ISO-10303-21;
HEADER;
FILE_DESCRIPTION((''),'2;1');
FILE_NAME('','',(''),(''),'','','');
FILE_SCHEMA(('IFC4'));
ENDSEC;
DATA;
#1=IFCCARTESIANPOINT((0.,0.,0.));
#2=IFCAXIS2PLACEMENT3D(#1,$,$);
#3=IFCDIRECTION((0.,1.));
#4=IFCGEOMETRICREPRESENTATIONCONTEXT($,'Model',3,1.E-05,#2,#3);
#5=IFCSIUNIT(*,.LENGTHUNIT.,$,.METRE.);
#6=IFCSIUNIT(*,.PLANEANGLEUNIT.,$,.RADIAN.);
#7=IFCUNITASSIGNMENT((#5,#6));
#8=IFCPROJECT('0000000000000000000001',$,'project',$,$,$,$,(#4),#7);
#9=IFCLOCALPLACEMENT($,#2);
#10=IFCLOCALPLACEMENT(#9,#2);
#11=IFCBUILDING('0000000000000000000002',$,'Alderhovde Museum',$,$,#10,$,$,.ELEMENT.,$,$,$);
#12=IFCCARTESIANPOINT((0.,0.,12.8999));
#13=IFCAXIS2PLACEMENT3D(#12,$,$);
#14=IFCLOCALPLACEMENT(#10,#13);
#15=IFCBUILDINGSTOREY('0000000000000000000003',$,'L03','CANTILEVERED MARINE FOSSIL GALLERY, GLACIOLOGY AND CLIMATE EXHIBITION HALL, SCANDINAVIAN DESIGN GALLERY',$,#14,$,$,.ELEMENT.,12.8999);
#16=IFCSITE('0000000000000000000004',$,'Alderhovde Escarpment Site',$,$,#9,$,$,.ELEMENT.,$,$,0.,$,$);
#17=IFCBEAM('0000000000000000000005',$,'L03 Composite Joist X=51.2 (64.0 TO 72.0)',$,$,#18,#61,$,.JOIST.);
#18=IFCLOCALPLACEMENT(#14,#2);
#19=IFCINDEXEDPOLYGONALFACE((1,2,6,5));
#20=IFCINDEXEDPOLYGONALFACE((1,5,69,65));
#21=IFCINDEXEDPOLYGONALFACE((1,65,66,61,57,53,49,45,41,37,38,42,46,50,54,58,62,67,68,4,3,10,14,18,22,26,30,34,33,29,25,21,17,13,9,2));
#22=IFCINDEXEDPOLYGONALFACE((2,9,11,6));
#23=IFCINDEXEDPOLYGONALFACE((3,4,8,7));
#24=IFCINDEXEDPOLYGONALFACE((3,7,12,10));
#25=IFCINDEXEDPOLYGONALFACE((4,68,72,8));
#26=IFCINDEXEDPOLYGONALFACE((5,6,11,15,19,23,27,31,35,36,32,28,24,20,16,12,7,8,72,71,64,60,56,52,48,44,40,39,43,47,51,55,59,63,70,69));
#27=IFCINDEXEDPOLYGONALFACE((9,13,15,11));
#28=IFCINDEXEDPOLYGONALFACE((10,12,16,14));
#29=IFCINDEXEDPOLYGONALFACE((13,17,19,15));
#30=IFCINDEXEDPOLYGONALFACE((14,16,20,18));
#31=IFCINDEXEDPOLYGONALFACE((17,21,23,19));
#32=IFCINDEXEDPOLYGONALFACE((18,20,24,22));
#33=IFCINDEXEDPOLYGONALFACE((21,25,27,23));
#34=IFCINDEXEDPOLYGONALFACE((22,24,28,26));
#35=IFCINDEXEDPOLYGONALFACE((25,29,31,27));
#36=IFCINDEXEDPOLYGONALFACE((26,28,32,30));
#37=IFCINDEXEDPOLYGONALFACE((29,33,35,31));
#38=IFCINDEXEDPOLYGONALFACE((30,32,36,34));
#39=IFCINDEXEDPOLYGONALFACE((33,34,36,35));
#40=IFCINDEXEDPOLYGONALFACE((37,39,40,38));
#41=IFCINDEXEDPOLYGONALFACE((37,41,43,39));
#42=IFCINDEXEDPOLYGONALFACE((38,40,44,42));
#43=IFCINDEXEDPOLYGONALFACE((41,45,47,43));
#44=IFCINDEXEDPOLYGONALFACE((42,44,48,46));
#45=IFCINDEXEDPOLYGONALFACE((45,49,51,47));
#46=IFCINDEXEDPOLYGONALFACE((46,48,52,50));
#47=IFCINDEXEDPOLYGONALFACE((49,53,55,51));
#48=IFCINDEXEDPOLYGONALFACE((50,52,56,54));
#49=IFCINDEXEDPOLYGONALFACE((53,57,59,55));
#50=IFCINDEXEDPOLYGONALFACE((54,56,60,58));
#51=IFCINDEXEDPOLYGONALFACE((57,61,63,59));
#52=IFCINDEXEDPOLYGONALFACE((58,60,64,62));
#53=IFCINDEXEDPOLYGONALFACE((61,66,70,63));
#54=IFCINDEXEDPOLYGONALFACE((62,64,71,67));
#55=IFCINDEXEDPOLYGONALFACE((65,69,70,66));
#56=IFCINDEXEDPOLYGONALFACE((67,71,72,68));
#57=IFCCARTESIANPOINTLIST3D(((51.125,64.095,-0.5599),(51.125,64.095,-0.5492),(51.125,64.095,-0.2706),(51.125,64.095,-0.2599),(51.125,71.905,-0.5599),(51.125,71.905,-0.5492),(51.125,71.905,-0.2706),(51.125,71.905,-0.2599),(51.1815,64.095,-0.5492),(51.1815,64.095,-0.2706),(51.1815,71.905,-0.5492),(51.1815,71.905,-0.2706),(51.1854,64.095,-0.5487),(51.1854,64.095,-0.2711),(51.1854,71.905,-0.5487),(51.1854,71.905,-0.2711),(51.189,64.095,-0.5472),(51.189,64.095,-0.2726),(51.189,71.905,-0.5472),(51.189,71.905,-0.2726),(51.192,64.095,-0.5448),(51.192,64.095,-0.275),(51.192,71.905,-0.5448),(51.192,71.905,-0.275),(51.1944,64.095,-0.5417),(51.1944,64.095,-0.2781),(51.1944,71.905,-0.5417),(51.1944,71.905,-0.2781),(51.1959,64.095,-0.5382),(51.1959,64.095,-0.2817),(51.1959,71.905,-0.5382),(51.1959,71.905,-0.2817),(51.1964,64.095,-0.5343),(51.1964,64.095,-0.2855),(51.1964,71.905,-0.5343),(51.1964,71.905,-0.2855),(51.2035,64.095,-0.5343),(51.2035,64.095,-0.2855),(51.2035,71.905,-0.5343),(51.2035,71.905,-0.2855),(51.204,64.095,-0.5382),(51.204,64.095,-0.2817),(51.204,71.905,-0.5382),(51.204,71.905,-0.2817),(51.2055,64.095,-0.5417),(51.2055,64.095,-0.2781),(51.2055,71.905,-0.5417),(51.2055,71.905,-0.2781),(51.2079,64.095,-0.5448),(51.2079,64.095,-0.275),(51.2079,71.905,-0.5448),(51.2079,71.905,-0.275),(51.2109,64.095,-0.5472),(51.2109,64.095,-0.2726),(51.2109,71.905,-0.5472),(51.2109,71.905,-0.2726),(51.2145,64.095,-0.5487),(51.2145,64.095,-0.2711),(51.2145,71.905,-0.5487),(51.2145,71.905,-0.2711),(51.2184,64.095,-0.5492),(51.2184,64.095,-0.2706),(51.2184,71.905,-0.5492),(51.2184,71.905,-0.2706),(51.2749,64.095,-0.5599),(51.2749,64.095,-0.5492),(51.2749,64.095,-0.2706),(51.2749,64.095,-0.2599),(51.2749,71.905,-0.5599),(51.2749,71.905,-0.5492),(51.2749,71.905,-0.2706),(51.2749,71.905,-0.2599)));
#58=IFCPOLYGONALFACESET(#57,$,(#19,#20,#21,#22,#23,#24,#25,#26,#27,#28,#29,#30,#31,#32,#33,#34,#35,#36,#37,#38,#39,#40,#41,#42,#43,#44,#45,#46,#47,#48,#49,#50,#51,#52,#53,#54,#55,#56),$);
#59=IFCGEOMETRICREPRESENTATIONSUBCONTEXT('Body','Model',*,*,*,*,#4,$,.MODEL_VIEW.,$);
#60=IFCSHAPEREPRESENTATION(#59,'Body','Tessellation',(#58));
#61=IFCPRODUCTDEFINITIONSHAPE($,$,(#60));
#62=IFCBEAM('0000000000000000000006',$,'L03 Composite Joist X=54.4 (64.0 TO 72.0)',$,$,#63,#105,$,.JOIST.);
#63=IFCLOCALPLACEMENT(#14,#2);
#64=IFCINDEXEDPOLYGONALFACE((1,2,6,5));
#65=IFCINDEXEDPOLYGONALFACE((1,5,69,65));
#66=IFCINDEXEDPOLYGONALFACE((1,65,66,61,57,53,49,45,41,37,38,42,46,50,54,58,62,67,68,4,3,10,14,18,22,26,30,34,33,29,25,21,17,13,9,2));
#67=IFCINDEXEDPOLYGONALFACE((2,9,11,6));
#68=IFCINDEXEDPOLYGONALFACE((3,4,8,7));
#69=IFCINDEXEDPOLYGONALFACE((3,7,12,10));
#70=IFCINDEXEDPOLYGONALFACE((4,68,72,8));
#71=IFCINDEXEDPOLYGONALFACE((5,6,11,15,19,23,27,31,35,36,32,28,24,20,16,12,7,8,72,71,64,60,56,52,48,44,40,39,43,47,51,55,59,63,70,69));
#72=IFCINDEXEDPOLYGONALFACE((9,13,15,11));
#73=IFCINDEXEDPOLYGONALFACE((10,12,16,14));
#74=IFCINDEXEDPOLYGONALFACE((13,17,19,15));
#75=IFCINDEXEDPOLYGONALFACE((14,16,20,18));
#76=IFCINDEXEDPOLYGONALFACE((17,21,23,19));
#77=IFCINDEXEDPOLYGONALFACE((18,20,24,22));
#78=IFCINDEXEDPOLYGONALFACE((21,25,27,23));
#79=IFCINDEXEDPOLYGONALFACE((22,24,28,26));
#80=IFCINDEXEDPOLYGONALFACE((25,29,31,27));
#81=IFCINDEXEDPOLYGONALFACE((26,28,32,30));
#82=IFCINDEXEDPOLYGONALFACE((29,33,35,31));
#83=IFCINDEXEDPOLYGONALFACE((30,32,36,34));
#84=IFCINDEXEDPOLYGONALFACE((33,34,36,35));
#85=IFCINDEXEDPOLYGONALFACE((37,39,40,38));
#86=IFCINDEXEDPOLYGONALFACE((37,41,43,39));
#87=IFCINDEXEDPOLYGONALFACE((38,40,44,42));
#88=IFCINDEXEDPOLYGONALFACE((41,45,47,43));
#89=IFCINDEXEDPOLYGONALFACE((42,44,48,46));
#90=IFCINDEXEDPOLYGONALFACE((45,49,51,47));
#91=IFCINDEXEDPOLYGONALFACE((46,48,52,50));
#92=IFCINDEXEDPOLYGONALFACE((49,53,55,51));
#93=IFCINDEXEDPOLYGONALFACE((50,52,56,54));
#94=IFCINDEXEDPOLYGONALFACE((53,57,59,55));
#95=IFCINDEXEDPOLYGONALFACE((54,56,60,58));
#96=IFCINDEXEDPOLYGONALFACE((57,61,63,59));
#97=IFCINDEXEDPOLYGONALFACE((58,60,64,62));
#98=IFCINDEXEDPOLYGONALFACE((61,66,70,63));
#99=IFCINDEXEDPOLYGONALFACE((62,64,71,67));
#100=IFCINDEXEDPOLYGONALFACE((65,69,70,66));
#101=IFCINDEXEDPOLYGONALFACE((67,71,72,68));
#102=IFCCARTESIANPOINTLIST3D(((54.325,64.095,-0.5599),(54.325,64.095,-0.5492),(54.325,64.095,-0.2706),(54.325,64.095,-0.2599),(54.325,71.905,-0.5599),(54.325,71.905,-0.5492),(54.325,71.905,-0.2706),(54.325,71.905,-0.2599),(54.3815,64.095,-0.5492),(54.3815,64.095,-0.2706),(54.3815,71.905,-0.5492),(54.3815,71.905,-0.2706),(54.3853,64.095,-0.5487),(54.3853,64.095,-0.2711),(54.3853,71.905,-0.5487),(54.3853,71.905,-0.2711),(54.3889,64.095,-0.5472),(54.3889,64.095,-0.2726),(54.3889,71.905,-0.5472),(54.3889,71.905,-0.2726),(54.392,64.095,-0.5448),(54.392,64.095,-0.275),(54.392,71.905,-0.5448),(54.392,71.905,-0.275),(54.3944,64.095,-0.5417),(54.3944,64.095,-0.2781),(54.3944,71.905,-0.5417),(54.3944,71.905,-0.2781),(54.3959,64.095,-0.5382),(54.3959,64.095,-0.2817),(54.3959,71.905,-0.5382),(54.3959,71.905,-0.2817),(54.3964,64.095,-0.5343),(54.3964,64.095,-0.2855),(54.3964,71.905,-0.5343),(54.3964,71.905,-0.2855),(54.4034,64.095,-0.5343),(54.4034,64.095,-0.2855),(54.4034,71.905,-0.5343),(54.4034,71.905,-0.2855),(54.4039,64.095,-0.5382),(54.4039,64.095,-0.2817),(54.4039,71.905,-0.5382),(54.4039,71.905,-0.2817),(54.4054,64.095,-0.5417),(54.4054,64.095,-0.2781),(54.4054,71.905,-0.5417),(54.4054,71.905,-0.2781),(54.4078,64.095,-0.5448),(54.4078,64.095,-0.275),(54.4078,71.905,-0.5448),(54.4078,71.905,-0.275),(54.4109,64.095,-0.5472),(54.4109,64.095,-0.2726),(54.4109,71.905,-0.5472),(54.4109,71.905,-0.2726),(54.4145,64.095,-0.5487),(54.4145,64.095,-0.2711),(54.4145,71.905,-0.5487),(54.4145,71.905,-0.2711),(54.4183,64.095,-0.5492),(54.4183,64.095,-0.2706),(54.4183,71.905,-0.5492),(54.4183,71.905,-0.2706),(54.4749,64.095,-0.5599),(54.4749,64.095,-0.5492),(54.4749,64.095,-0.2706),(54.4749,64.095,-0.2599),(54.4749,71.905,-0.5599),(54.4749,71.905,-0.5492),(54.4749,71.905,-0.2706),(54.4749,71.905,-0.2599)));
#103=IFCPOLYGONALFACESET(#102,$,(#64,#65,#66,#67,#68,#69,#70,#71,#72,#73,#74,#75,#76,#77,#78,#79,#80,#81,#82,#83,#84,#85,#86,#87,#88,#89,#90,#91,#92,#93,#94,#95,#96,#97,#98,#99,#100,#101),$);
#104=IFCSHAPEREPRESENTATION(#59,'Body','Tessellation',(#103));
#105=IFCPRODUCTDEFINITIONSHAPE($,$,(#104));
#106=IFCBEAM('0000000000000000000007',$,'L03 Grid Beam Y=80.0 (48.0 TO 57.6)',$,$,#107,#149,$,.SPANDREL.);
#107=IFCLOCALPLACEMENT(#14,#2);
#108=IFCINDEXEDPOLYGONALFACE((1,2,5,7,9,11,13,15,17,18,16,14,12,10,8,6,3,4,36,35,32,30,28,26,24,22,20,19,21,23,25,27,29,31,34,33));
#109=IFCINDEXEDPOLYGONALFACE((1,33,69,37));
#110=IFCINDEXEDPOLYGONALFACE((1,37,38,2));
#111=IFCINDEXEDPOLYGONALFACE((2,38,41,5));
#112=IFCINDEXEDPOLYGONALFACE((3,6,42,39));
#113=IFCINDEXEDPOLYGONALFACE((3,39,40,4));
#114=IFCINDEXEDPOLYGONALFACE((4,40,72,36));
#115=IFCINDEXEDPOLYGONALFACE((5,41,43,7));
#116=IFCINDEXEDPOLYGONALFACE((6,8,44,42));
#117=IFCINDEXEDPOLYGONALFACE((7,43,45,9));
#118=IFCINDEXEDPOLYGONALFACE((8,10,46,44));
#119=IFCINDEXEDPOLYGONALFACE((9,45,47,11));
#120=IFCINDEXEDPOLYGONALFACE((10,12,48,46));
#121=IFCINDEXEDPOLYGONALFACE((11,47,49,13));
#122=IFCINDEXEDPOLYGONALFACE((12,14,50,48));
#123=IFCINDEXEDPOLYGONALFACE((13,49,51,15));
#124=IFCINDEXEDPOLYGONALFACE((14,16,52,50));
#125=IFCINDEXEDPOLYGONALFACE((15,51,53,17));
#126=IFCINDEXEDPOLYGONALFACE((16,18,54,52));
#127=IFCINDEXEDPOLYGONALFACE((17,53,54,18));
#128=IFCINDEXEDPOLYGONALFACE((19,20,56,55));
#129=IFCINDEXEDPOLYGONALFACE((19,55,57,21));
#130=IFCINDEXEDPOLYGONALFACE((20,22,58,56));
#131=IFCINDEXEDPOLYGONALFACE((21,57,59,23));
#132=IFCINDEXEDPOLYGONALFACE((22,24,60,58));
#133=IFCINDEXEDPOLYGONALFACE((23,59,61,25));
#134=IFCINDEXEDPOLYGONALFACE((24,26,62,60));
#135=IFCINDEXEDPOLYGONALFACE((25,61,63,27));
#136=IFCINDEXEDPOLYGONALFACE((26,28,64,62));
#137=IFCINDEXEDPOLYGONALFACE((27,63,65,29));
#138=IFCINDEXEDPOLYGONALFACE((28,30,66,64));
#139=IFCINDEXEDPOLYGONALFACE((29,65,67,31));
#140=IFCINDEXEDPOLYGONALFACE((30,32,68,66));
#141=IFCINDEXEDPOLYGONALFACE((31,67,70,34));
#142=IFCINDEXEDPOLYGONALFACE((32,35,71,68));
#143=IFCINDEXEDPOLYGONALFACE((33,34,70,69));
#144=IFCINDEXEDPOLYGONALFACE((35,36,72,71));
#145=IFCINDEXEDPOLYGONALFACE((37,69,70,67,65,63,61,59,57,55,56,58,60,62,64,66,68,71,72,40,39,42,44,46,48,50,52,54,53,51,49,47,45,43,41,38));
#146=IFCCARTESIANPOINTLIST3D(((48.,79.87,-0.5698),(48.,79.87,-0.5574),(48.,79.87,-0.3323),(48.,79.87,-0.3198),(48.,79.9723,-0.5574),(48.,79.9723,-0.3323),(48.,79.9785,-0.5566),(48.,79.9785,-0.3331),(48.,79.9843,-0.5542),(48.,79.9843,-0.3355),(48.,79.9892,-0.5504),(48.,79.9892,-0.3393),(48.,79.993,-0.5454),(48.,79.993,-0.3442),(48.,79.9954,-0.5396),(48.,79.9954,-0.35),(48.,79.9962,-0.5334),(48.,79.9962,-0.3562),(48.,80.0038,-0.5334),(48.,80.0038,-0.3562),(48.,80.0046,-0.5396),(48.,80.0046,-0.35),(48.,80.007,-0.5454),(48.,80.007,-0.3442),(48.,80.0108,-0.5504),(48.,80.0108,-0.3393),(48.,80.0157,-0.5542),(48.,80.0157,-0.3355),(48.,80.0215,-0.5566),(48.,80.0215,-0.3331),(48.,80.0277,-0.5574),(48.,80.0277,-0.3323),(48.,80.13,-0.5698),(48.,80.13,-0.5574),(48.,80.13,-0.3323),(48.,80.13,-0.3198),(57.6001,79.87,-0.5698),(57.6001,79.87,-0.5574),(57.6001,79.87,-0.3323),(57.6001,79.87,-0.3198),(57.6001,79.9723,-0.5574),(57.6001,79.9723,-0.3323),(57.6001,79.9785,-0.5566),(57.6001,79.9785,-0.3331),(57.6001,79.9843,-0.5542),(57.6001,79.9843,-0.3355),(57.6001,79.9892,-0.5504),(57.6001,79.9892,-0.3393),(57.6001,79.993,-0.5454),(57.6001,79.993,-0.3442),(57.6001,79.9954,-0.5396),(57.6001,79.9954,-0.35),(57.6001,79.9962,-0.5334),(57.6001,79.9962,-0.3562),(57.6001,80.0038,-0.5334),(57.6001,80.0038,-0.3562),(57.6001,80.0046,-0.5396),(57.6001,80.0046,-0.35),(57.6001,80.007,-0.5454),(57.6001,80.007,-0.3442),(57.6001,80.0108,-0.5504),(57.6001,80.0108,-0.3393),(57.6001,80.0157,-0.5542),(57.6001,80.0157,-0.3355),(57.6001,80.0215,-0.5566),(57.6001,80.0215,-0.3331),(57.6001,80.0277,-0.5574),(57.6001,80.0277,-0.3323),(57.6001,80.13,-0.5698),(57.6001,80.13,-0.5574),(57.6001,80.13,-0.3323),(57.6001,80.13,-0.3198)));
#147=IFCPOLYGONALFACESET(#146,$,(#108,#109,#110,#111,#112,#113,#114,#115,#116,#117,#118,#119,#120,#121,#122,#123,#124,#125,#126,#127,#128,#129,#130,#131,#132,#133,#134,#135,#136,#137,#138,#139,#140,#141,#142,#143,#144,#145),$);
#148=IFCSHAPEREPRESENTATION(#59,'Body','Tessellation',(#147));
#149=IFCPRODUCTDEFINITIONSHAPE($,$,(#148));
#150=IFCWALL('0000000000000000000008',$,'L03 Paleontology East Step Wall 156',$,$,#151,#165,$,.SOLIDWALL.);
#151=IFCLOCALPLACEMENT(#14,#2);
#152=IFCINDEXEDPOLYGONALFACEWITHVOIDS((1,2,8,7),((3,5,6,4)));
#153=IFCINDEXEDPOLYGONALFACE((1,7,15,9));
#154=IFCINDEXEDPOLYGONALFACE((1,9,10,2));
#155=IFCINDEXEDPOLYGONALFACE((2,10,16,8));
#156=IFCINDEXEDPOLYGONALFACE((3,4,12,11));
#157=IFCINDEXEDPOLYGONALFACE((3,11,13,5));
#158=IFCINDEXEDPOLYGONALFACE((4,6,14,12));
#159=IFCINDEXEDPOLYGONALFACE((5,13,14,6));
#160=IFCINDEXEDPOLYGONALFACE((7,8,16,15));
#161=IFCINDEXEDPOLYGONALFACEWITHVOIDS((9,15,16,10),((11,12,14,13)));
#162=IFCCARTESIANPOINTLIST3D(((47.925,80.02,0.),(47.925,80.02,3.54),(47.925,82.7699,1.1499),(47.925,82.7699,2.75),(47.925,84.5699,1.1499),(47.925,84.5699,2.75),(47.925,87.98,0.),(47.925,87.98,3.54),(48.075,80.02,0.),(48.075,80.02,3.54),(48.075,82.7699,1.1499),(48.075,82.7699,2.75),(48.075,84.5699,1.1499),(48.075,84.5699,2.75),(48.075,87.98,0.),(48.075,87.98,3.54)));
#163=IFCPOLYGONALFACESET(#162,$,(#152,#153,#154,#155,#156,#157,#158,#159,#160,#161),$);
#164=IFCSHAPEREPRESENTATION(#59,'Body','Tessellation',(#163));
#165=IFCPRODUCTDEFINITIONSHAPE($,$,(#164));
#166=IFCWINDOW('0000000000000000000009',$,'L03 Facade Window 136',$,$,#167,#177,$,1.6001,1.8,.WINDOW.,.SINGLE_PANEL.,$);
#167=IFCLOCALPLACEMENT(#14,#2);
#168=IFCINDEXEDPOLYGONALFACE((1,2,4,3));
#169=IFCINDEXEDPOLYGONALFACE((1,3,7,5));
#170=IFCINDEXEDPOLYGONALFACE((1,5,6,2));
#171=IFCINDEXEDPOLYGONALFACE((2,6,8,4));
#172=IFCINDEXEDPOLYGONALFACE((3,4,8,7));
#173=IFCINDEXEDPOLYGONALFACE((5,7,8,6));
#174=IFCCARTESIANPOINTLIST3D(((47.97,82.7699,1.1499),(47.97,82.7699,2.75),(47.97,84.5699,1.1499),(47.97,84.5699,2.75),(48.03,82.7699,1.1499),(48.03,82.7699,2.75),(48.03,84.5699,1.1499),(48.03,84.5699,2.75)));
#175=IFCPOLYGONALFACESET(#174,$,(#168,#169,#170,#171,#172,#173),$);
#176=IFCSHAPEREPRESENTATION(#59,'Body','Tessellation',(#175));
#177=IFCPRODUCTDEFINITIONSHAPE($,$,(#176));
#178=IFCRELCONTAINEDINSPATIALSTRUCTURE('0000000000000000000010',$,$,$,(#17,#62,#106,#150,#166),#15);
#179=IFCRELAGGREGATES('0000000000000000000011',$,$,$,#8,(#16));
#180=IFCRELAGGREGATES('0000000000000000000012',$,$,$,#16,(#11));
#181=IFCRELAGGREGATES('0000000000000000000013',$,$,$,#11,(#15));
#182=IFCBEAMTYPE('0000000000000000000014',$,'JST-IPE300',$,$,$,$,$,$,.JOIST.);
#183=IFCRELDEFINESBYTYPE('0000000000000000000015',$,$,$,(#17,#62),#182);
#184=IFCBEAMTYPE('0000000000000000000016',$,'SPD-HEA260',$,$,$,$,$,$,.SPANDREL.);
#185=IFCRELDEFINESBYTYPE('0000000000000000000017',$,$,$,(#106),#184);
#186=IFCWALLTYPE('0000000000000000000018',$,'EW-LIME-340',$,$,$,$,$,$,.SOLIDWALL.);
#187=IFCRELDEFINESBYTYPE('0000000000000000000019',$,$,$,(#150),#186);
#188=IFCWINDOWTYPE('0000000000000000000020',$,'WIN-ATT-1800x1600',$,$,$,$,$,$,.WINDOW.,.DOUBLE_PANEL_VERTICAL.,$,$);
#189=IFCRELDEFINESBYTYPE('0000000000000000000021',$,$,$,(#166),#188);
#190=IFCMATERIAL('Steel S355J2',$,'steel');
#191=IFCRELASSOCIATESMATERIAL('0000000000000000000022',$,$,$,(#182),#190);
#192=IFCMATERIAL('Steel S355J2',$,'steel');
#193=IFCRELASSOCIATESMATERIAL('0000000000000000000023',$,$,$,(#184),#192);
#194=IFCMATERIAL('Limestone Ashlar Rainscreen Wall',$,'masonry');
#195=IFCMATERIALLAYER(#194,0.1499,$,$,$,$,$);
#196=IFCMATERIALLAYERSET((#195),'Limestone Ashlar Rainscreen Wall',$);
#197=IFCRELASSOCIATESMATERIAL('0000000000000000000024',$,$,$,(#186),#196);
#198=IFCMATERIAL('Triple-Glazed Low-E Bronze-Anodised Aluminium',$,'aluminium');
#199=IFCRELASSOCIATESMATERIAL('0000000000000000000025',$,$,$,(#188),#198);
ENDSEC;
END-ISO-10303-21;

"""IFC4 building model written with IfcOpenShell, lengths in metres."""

from ifc_helpers import new_model, si_unit, direction, frame, frame_2d, origin, origin_2d, place, context, subcontext, project, spatial, rectangle, i_section, extrude, material, layer, layer_set, material_profile, profile_set, type_object, element, fill, save


model = new_model("IFC4")

# Units and contexts
model_context = context("Model", 3, precision=1e-05, world=origin(), true_north=direction((0.0, 1.0)))
body_context = subcontext(model_context, "Body", "Model", "MODEL_VIEW")
ifc_project = project(units=[si_unit("LENGTHUNIT", "METRE"), si_unit("PLANEANGLEUNIT", "RADIAN")], contexts=[model_context])

# Site, building, storey
site_placement = place(None, origin())
site = spatial("IfcSite", under=ifc_project, at=site_placement, Name="Alderhovde Escarpment Site", CompositionType="ELEMENT", RefElevation=0.0)
building_placement = place(site_placement, origin())
building = spatial("IfcBuilding", under=site, at=building_placement, Name="Alderhovde Museum", CompositionType="ELEMENT")
storey_placement = place(building_placement, frame((0.0, 0.0, 12.8999)))
storey = spatial("IfcBuildingStorey", under=building, at=storey_placement, Name="L03", Description="CANTILEVERED MARINE FOSSIL GALLERY, GLACIOLOGY AND CLIMATE EXHIBITION HALL, SCANDINAVIAN DESIGN GALLERY", CompositionType="ELEMENT", Elevation=12.8999)

# Beams
ifc_material_1 = material(Name="Steel S355J2", Category="steel")
ifc_material_profile_1 = material_profile(ifc_material_1, i_section(OverallWidth=0.1499, OverallDepth=0.3, WebThickness=0.0071, FlangeThickness=0.0107, FilletRadius=0.0149, at=origin_2d()), Name="IPE 300")
ifc_profile_set_1 = profile_set([ifc_material_profile_1], Name="Steel S355J2")
beam_type_1 = type_object("IfcBeamType", Name="JST-IPE300", PredefinedType="JOIST", material=ifc_profile_set_1)
for number, where, z_axis, x_axis, name in (
    (1, (51.2, 64.095, -0.4099), (0.0, 1.0, 0.0), (-1.0, 0.0, 0.0), "L03 Composite Joist X=51.2 (64.0 TO 72.0)"),
    (2, (54.3999, 64.095, -0.4099), (0.0, 1.0, 0.0), (-1.0, 0.0, 0.0), "L03 Composite Joist X=54.4 (64.0 TO 72.0)"),
):
    element("IfcBeam", number, at=place(storey_placement, frame(where, z_axis=z_axis, x_axis=x_axis)), inside=storey, type_object=beam_type_1, Name=name, PredefinedType="JOIST", context=body_context, shape_type="SweptSolid", body=[
        extrude(i_section(OverallWidth=0.1499, OverallDepth=0.3, WebThickness=0.0071, FlangeThickness=0.0107, FilletRadius=0.0149, at=origin_2d()), origin(), (0.0, 0.0, 1.0), 7.8101),
    ])
ifc_material_2 = material(Name="Steel S355J2", Category="steel")
ifc_material_profile_2 = material_profile(ifc_material_2, i_section(OverallWidth=0.26, OverallDepth=0.25, WebThickness=0.0076, FlangeThickness=0.0125, FilletRadius=0.0239, at=origin_2d()), Name="HEA 260")
ifc_profile_set_2 = profile_set([ifc_material_profile_2], Name="Steel S355J2")
beam_type_2 = type_object("IfcBeamType", Name="SPD-HEA260", PredefinedType="SPANDREL", material=ifc_profile_set_2)
beam_1_placement = place(storey_placement, frame((48.0, 80.0, -0.4448), z_axis=(1.0, 0.0, 0.0), x_axis=(0.0, 1.0, 0.0)))
element("IfcBeam", 3, at=beam_1_placement, inside=storey, type_object=beam_type_2, Name="L03 Grid Beam Y=80.0 (48.0 TO 57.6)", PredefinedType="SPANDREL", context=body_context, shape_type="SweptSolid", body=[
    extrude(i_section(OverallWidth=0.26, OverallDepth=0.25, WebThickness=0.0076, FlangeThickness=0.0125, FilletRadius=0.0239, at=origin_2d()), origin(), (0.0, 0.0, 1.0), 9.6001),
])

# Wall, opening, window
ifc_material_3 = material(Name="Limestone Ashlar Rainscreen Wall", Category="masonry")
ifc_layer_1 = layer(ifc_material_3, 0.1499)
ifc_layer_set_1 = layer_set([ifc_layer_1], Name="Limestone Ashlar Rainscreen Wall")
wall_type_1 = type_object("IfcWallType", Name="EW-LIME-340", PredefinedType="SOLIDWALL", material=ifc_layer_set_1)
wall_1_placement = place(storey_placement, frame((48.0, 80.02, 0.0), z_axis=(0.0, 0.0, 1.0), x_axis=(0.0, 1.0, 0.0)))
wall_1 = element("IfcWall", 4, at=wall_1_placement, inside=storey, type_object=wall_type_1, Name="L03 Paleontology East Step Wall 156", PredefinedType="SOLIDWALL", context=body_context, shape_type="SweptSolid", body=[
    extrude(rectangle(XDim=7.96, YDim=0.1499, at=frame_2d((3.98, 0.0))), origin(), (0.0, 0.0, 1.0), 3.54),
])
opening_1_placement = place(wall_1_placement, frame((2.75, 0.0, 1.1499)))
opening_1 = element("IfcOpeningElement", 5, at=opening_1_placement, cuts=wall_1, PredefinedType="OPENING", context=body_context, shape_type="SweptSolid", body=[
    extrude(rectangle(XDim=1.8, YDim=1.6001, at=frame_2d((0.8999, 0.8))), frame((0.0, 0.085, 0.0), z_axis=(0.0, -1.0, 0.0), x_axis=(1.0, 0.0, 0.0)), (0.0, 0.0, 1.0), 0.1699),
])
ifc_material_4 = material(Name="Triple-Glazed Low-E Bronze-Anodised Aluminium", Category="aluminium")
window_type_1 = type_object("IfcWindowType", Name="WIN-ATT-1800x1600", PartitioningType="DOUBLE_PANEL_VERTICAL", PredefinedType="WINDOW", material=ifc_material_4)
window_1_placement = place(opening_1_placement, origin())
window_1 = element("IfcWindow", 6, at=window_1_placement, inside=storey, type_object=window_type_1, Name="L03 Facade Window 136", OverallHeight=1.6001, OverallWidth=1.8, PartitioningType="SINGLE_PANEL", PredefinedType="WINDOW", context=body_context, shape_type="SweptSolid", body=[
    extrude(rectangle(XDim=1.8, YDim=1.6001, at=frame_2d((0.8999, 0.8))), frame((0.0, 0.03, 0.0), z_axis=(0.0, -1.0, 0.0), x_axis=(1.0, 0.0, 0.0)), (0.0, 0.0, 1.0), 0.0601),
])
fill(opening_1, window_1)

save(model, "model.ifc")
